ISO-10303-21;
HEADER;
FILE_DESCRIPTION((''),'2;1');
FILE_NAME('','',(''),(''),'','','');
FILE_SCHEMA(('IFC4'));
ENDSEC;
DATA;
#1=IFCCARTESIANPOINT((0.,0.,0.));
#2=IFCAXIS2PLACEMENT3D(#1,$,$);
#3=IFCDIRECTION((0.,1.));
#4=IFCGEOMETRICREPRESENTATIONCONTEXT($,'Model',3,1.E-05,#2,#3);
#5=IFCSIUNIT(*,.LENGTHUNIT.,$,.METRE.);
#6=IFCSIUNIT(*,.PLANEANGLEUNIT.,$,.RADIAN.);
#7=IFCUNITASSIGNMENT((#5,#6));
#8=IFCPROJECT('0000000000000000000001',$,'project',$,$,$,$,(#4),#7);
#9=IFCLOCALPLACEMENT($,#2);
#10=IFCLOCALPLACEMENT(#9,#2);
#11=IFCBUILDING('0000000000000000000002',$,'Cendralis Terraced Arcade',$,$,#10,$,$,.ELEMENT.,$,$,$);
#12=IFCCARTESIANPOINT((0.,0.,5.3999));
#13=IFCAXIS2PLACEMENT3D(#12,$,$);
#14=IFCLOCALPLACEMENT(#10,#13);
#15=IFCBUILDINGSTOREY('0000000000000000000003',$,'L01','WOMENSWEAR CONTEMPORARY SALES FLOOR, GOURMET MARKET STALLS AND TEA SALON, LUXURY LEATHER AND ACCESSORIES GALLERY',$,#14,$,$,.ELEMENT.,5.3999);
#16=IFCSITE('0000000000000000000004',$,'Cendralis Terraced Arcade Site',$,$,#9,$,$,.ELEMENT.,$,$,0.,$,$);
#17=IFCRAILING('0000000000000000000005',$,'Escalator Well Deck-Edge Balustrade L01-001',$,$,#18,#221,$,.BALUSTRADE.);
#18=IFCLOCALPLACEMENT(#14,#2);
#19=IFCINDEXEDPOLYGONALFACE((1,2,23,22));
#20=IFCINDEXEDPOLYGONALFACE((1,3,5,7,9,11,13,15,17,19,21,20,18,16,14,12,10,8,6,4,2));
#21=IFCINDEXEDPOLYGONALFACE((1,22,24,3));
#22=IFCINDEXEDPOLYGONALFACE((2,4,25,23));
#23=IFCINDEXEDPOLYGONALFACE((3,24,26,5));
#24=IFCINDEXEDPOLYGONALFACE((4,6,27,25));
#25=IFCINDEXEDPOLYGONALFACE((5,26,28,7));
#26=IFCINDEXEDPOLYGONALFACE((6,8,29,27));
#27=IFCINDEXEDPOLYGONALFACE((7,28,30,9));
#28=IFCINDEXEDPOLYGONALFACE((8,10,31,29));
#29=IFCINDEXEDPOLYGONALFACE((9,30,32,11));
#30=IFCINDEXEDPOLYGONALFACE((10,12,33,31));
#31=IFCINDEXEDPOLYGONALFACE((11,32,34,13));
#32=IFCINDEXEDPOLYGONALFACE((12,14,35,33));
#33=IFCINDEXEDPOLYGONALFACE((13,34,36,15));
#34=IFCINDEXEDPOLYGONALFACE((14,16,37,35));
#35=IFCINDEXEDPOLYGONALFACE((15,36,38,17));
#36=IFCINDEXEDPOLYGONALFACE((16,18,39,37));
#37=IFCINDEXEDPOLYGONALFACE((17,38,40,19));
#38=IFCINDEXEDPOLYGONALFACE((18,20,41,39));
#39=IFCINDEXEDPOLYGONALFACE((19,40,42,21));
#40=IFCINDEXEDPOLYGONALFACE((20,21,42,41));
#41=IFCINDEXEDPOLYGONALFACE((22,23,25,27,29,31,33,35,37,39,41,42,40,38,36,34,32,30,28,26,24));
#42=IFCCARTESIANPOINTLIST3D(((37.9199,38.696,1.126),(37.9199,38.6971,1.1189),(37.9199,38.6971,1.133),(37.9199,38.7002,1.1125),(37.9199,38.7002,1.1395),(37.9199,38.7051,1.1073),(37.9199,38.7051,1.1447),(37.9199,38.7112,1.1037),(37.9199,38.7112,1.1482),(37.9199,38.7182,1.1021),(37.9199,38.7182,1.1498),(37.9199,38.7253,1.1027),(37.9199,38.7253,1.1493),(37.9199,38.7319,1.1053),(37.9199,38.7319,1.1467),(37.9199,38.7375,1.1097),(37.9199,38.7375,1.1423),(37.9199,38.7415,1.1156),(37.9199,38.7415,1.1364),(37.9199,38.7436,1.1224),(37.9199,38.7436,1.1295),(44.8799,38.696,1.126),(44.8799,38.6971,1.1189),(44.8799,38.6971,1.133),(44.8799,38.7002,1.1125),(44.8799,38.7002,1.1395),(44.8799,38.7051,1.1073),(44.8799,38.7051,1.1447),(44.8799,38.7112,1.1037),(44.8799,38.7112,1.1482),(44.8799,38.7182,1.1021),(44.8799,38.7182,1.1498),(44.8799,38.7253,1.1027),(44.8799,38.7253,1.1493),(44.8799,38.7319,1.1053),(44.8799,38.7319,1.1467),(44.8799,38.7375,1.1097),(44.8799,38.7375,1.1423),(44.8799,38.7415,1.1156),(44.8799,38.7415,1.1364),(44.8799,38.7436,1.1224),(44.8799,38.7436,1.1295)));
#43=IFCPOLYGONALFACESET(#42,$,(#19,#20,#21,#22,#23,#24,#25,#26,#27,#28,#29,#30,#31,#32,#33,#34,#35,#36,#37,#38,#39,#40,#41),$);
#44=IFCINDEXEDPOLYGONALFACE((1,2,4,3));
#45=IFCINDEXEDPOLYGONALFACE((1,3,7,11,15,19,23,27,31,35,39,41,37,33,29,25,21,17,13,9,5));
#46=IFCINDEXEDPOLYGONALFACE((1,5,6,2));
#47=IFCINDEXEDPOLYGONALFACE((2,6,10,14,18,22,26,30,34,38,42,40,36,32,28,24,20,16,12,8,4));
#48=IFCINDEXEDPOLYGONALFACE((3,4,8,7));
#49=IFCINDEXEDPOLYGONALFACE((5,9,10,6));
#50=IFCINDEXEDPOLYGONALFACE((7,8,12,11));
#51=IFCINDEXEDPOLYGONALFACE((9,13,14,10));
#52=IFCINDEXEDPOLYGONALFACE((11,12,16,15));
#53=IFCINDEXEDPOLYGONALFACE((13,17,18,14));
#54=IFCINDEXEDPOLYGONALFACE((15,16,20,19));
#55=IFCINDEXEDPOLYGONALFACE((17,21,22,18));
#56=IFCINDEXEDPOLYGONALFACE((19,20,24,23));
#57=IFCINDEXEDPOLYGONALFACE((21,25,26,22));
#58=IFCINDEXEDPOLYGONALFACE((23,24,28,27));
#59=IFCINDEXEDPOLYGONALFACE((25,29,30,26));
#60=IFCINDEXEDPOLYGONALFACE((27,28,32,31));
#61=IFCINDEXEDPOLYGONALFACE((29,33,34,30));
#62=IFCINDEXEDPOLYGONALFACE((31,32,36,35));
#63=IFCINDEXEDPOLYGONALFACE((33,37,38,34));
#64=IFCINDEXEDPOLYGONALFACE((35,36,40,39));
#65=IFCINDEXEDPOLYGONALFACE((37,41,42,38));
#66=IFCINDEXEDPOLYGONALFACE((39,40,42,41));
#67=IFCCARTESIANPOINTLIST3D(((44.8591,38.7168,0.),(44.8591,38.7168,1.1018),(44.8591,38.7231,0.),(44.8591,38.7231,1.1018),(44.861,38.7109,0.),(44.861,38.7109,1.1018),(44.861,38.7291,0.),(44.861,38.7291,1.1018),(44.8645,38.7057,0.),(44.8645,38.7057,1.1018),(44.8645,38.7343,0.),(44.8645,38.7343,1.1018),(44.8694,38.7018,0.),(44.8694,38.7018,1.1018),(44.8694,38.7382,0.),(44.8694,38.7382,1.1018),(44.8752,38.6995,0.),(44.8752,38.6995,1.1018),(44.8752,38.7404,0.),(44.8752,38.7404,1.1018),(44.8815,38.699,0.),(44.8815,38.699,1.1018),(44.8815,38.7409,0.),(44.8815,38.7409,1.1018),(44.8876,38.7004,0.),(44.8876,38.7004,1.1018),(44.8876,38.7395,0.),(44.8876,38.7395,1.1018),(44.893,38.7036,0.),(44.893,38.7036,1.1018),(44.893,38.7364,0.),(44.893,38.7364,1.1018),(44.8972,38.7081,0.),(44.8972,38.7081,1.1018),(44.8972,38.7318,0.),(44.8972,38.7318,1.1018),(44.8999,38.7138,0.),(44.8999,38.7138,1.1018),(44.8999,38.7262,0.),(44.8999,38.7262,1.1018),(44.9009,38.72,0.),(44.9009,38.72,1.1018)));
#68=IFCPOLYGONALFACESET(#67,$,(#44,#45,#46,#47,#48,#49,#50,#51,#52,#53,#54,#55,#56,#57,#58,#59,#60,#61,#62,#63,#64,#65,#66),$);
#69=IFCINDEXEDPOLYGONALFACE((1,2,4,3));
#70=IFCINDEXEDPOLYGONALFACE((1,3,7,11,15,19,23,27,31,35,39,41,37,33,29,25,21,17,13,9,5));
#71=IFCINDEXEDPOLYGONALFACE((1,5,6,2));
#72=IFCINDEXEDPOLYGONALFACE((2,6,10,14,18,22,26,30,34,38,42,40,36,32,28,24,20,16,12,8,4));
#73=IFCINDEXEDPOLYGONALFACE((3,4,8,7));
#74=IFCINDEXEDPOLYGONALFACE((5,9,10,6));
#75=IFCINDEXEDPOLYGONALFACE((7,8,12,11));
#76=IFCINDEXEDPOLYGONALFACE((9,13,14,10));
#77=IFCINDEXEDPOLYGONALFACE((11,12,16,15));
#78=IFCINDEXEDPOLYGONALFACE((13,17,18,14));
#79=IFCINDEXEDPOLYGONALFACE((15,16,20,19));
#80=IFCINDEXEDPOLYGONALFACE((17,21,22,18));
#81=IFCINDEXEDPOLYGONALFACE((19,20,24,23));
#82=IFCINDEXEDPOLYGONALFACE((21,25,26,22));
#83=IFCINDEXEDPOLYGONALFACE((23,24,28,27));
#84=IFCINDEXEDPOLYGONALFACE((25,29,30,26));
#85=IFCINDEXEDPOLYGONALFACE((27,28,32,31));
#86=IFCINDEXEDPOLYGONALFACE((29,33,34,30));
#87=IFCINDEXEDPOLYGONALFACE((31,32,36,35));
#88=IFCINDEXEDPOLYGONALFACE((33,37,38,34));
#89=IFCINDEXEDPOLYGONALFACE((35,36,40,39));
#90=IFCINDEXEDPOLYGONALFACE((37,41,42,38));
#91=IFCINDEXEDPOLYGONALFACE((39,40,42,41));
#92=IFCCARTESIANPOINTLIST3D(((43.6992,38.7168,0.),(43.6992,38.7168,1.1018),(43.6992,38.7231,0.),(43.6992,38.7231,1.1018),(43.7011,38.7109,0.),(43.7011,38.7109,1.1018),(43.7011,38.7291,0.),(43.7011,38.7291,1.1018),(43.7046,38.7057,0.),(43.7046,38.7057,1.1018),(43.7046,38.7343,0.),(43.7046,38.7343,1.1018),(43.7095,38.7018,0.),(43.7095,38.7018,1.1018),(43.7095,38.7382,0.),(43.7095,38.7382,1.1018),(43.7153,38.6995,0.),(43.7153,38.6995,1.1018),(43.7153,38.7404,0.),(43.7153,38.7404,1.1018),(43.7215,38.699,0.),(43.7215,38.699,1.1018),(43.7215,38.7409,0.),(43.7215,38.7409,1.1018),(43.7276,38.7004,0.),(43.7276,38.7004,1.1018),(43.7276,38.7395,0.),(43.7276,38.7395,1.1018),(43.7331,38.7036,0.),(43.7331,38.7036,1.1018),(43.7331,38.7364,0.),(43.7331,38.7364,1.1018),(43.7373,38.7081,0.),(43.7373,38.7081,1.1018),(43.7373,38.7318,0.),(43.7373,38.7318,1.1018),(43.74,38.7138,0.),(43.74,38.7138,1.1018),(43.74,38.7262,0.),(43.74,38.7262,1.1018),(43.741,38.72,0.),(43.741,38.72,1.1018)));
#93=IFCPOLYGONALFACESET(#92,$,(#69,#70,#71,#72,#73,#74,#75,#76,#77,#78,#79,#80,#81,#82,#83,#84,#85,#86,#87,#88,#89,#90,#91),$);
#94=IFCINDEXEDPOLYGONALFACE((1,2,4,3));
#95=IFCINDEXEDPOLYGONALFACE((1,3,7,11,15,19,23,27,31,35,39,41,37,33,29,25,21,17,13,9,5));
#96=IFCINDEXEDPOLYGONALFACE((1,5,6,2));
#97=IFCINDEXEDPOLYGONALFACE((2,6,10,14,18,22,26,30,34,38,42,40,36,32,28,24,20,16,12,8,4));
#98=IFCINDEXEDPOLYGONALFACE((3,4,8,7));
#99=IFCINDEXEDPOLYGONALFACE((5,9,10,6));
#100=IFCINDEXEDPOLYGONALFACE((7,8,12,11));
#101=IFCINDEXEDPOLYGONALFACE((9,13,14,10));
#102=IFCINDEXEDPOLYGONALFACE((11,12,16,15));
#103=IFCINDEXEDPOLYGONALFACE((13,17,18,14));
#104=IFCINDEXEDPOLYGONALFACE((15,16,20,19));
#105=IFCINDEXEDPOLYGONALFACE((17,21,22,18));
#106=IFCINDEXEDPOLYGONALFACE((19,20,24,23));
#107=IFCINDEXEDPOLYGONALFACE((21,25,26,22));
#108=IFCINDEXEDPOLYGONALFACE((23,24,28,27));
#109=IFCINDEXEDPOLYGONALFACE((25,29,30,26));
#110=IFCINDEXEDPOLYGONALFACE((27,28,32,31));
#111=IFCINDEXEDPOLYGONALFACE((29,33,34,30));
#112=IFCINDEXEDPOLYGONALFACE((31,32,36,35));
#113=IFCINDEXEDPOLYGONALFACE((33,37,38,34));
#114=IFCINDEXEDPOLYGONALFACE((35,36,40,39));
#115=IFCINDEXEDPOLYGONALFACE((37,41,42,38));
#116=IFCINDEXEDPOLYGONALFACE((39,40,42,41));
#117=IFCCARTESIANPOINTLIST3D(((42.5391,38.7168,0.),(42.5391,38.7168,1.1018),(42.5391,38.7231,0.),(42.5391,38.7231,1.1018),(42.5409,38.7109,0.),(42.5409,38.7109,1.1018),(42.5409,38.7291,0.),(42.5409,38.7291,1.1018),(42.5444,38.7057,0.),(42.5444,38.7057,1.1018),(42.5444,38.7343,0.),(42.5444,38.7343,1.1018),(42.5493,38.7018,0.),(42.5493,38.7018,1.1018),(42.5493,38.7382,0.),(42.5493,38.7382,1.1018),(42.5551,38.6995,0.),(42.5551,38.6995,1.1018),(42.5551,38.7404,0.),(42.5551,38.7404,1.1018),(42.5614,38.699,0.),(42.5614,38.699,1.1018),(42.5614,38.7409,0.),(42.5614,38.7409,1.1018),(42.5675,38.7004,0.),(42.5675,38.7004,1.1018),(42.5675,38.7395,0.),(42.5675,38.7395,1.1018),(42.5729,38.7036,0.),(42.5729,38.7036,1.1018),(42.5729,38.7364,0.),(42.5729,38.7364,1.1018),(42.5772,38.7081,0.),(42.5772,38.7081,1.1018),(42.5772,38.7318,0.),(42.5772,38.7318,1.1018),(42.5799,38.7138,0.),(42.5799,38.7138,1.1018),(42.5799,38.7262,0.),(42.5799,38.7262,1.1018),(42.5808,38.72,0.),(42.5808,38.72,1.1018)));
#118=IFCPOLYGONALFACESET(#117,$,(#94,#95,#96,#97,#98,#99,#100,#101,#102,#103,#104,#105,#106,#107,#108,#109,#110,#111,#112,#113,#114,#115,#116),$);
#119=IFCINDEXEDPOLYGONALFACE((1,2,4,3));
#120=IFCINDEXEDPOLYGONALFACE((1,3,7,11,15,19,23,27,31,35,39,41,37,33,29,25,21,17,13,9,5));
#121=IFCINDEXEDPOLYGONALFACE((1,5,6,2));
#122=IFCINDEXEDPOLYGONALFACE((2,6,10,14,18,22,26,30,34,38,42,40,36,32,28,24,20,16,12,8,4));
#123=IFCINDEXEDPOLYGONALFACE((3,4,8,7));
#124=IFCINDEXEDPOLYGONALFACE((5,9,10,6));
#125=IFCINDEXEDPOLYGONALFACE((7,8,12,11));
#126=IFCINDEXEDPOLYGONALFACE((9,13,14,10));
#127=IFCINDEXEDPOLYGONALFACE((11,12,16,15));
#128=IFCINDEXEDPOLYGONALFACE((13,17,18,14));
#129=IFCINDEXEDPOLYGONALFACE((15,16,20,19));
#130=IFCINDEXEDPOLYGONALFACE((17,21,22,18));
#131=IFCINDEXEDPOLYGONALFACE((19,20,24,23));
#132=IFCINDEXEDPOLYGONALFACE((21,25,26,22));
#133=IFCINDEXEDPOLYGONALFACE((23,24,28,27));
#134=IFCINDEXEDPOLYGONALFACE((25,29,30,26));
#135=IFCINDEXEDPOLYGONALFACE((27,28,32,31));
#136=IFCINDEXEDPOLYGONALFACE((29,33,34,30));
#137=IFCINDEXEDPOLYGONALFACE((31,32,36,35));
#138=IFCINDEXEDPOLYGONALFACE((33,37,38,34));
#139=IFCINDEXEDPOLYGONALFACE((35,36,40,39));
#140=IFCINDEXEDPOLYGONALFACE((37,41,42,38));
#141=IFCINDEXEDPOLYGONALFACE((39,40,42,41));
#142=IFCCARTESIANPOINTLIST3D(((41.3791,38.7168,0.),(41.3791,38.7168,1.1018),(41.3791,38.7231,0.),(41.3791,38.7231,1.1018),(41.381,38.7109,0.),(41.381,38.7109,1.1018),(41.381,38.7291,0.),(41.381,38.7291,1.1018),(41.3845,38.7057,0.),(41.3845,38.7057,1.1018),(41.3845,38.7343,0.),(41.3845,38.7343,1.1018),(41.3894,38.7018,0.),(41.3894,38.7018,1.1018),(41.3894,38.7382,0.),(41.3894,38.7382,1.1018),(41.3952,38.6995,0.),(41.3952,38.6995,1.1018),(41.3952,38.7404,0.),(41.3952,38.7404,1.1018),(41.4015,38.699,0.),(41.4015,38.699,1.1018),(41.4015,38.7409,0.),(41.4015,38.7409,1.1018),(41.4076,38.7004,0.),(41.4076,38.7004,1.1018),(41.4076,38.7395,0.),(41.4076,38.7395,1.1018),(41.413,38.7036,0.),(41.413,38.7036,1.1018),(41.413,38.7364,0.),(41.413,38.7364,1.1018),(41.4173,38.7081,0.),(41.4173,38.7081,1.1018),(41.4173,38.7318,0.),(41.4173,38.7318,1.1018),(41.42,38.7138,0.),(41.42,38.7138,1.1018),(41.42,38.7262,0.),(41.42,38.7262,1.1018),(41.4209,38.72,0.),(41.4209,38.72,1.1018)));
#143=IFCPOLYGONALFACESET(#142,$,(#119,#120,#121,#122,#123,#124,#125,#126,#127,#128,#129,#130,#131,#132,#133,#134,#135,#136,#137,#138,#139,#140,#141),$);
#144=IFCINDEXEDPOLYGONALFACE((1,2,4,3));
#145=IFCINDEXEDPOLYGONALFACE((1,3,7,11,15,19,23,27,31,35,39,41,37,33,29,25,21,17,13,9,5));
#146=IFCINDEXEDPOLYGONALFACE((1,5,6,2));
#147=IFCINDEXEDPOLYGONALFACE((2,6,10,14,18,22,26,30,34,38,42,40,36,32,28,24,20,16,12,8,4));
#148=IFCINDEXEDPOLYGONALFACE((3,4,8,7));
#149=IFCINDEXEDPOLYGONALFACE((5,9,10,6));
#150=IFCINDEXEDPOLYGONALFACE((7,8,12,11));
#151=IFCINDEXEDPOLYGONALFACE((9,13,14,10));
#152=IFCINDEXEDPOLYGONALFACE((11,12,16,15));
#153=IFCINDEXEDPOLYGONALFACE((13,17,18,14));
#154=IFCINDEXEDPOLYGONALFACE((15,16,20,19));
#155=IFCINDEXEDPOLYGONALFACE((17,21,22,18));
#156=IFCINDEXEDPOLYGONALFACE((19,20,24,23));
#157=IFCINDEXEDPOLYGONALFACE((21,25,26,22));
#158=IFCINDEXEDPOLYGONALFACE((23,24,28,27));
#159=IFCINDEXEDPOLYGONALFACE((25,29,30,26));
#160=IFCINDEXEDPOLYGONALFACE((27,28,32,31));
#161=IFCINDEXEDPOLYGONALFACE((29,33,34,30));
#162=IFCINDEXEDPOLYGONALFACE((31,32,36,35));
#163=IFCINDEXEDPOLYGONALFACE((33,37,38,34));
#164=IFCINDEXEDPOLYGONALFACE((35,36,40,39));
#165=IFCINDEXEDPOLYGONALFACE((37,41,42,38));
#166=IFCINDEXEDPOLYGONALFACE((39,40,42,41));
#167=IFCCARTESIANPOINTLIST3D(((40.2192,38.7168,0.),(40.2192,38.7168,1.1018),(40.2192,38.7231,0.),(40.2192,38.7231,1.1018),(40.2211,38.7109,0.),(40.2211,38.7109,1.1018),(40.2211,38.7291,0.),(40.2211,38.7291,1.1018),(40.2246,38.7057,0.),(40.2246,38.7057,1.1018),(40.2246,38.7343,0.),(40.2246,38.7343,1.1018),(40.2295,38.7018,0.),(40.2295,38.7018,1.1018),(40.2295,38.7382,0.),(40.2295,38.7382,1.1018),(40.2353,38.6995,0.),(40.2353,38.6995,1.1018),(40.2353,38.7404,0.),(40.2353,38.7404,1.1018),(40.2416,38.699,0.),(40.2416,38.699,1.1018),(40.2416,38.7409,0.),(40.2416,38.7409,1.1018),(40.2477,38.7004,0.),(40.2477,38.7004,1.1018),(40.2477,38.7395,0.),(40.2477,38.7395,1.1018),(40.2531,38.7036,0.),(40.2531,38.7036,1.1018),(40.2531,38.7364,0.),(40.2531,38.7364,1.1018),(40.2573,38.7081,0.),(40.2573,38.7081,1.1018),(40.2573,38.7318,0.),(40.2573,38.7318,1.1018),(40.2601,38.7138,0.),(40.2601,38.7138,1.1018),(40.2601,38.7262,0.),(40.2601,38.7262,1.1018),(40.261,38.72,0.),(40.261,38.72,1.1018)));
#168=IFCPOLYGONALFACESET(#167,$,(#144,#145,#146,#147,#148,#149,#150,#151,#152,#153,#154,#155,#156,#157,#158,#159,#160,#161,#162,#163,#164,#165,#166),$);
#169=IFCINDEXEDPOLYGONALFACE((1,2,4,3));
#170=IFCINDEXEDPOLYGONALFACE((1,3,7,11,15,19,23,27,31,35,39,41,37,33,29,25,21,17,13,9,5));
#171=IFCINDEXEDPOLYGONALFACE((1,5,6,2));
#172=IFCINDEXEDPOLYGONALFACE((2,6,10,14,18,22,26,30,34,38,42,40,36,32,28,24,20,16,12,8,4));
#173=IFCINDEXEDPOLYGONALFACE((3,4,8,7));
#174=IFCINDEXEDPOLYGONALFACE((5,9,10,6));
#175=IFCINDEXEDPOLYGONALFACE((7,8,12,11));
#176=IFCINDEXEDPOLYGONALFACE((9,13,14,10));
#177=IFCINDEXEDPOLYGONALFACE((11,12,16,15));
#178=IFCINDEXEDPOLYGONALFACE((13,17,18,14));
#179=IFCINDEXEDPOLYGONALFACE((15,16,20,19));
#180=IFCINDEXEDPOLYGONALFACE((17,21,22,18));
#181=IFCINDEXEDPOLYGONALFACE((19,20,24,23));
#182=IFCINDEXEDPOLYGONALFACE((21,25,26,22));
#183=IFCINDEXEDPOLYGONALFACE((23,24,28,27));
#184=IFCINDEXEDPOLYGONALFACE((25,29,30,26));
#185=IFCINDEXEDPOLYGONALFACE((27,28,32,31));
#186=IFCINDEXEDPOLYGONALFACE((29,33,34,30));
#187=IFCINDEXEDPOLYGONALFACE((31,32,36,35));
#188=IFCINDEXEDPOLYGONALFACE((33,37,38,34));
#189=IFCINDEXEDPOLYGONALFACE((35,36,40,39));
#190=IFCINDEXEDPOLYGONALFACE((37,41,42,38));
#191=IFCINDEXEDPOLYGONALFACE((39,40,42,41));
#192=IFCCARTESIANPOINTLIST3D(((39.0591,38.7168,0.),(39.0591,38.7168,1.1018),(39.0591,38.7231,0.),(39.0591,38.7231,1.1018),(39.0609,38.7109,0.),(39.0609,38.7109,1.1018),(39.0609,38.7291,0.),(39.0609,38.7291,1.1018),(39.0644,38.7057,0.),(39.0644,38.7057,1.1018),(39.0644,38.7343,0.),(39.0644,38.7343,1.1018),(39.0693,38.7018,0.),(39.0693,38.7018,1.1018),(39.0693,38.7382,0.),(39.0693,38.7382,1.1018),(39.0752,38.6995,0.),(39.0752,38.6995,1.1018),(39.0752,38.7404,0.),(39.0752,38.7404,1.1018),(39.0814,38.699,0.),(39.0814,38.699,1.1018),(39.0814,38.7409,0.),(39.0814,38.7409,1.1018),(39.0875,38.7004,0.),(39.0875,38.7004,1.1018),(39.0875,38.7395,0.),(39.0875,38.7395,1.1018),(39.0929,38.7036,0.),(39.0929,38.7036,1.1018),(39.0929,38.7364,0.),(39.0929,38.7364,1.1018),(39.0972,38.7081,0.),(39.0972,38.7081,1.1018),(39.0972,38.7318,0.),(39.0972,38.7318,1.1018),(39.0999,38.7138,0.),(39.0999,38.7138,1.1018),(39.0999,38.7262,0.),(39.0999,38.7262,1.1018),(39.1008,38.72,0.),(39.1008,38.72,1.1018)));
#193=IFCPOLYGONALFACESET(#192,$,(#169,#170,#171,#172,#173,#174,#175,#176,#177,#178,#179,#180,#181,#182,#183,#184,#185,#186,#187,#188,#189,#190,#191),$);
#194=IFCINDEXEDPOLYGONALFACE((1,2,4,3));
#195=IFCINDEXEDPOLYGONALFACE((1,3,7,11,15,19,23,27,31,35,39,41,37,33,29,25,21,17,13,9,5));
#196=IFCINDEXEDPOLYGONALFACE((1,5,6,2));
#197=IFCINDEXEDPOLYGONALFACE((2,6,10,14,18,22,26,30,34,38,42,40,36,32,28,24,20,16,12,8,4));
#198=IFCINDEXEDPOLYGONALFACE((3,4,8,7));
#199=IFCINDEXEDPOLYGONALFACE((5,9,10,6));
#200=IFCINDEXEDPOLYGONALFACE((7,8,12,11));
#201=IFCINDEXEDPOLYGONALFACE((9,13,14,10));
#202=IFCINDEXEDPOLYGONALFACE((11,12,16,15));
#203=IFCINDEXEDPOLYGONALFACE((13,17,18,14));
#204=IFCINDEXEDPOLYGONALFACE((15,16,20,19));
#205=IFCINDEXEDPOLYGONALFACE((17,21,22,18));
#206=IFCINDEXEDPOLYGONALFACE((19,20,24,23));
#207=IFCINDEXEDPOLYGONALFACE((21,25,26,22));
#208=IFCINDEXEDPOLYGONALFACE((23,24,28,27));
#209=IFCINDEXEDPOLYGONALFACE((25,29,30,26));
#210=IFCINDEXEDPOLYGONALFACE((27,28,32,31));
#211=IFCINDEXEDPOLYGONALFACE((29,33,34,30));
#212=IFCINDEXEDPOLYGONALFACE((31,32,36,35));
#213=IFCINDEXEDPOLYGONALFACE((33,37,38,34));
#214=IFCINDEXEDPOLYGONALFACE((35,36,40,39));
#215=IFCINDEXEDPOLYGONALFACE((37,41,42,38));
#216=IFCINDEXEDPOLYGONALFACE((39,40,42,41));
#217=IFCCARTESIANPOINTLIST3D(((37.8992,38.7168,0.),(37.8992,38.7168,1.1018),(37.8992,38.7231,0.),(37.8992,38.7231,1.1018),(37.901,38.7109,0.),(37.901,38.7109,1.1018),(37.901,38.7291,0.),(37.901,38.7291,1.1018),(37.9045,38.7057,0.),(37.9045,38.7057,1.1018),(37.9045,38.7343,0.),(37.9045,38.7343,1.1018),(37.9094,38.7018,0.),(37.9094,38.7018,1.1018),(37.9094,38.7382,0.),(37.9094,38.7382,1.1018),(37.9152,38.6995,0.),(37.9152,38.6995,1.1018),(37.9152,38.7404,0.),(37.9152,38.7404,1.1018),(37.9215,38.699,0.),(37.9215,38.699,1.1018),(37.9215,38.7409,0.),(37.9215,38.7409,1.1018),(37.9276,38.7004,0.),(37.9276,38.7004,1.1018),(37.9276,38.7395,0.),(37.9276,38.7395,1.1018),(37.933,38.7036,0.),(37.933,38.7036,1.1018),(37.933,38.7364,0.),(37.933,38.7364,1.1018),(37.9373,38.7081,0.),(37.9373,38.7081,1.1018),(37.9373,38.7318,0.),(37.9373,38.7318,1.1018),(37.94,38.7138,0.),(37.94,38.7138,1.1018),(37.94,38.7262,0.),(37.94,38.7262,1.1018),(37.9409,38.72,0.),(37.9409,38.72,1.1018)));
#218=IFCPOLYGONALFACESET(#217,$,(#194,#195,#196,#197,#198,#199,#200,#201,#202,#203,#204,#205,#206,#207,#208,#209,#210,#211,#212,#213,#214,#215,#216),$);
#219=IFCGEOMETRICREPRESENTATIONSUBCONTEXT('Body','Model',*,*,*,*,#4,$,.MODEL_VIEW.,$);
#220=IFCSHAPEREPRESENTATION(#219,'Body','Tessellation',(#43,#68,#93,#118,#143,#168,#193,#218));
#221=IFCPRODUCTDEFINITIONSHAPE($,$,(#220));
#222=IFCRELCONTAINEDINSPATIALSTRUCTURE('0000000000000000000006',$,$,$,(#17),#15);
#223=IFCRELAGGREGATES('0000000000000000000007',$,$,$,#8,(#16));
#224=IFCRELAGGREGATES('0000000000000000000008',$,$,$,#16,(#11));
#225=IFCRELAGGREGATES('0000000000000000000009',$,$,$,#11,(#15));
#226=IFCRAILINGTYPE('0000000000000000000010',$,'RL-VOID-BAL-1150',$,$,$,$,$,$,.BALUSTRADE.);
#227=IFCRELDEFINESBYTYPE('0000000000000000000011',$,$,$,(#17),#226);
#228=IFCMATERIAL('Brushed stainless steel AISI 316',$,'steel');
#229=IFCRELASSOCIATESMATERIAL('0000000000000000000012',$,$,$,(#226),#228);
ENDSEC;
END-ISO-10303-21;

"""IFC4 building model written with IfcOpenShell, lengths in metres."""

from ifc_helpers import new_model, si_unit, direction, frame, origin, origin_2d, place, context, subcontext, project, spatial, circle, extrude, material, type_object, element, save


model = new_model("IFC4")

# Units and contexts
model_context = context("Model", 3, precision=1e-05, world=origin(), true_north=direction((0.0, 1.0)))
body_context = subcontext(model_context, "Body", "Model", "MODEL_VIEW")
ifc_project = project(units=[si_unit("LENGTHUNIT", "METRE"), si_unit("PLANEANGLEUNIT", "RADIAN")], contexts=[model_context])

# Site, building, storey
site_placement = place(None, origin())
site = spatial("IfcSite", under=ifc_project, at=site_placement, Name="Cendralis Terraced Arcade Site", CompositionType="ELEMENT", RefElevation=0.0)
building_placement = place(site_placement, origin())
building = spatial("IfcBuilding", under=site, at=building_placement, Name="Cendralis Terraced Arcade", CompositionType="ELEMENT")
storey_placement = place(building_placement, frame((0.0, 0.0, 5.3999)))
storey = spatial("IfcBuildingStorey", under=building, at=storey_placement, Name="L01", Description="WOMENSWEAR CONTEMPORARY SALES FLOOR, GOURMET MARKET STALLS AND TEA SALON, LUXURY LEATHER AND ACCESSORIES GALLERY", CompositionType="ELEMENT", Elevation=5.3999)

# Railing
ifc_material_1 = material(Name="Brushed stainless steel AISI 316", Category="steel")
railing_type_1 = type_object("IfcRailingType", Name="RL-VOID-BAL-1150", PredefinedType="BALUSTRADE", material=ifc_material_1)
railing_1_placement = place(storey_placement, frame((44.8799, 38.72, 0.0)))
element("IfcRailing", 1, at=railing_1_placement, inside=storey, type_object=railing_type_1, Name="Escalator Well Deck-Edge Balustrade L01-001", PredefinedType="BALUSTRADE", context=body_context, shape_type="SweptSolid", body=[
    extrude(circle(Radius=0.0239, at=origin_2d()), frame((0.0, 0.0, 1.126), z_axis=(-1.0, 0.0, 0.0), x_axis=(0.0, -1.0, 0.0)), (0.0, 0.0, 1.0), 6.96),
    extrude(circle(Radius=0.021, at=origin_2d()), origin(), (0.0, 0.0, 1.0), 1.1018),
    extrude(circle(Radius=0.021, at=origin_2d()), frame((-1.1599, 0.0, 0.0)), (0.0, 0.0, 1.0), 1.1018),
    extrude(circle(Radius=0.021, at=origin_2d()), frame((-2.3201, 0.0, 0.0)), (0.0, 0.0, 1.0), 1.1018),
    extrude(circle(Radius=0.021, at=origin_2d()), frame((-3.48, 0.0, 0.0)), (0.0, 0.0, 1.0), 1.1018),
    extrude(circle(Radius=0.021, at=origin_2d()), frame((-4.6399, 0.0, 0.0)), (0.0, 0.0, 1.0), 1.1018),
    extrude(circle(Radius=0.021, at=origin_2d()), frame((-5.8, 0.0, 0.0)), (0.0, 0.0, 1.0), 1.1018),
    extrude(circle(Radius=0.021, at=origin_2d()), frame((-6.96, 0.0, 0.0)), (0.0, 0.0, 1.0), 1.1018),
])

save(model, "model.ifc")
